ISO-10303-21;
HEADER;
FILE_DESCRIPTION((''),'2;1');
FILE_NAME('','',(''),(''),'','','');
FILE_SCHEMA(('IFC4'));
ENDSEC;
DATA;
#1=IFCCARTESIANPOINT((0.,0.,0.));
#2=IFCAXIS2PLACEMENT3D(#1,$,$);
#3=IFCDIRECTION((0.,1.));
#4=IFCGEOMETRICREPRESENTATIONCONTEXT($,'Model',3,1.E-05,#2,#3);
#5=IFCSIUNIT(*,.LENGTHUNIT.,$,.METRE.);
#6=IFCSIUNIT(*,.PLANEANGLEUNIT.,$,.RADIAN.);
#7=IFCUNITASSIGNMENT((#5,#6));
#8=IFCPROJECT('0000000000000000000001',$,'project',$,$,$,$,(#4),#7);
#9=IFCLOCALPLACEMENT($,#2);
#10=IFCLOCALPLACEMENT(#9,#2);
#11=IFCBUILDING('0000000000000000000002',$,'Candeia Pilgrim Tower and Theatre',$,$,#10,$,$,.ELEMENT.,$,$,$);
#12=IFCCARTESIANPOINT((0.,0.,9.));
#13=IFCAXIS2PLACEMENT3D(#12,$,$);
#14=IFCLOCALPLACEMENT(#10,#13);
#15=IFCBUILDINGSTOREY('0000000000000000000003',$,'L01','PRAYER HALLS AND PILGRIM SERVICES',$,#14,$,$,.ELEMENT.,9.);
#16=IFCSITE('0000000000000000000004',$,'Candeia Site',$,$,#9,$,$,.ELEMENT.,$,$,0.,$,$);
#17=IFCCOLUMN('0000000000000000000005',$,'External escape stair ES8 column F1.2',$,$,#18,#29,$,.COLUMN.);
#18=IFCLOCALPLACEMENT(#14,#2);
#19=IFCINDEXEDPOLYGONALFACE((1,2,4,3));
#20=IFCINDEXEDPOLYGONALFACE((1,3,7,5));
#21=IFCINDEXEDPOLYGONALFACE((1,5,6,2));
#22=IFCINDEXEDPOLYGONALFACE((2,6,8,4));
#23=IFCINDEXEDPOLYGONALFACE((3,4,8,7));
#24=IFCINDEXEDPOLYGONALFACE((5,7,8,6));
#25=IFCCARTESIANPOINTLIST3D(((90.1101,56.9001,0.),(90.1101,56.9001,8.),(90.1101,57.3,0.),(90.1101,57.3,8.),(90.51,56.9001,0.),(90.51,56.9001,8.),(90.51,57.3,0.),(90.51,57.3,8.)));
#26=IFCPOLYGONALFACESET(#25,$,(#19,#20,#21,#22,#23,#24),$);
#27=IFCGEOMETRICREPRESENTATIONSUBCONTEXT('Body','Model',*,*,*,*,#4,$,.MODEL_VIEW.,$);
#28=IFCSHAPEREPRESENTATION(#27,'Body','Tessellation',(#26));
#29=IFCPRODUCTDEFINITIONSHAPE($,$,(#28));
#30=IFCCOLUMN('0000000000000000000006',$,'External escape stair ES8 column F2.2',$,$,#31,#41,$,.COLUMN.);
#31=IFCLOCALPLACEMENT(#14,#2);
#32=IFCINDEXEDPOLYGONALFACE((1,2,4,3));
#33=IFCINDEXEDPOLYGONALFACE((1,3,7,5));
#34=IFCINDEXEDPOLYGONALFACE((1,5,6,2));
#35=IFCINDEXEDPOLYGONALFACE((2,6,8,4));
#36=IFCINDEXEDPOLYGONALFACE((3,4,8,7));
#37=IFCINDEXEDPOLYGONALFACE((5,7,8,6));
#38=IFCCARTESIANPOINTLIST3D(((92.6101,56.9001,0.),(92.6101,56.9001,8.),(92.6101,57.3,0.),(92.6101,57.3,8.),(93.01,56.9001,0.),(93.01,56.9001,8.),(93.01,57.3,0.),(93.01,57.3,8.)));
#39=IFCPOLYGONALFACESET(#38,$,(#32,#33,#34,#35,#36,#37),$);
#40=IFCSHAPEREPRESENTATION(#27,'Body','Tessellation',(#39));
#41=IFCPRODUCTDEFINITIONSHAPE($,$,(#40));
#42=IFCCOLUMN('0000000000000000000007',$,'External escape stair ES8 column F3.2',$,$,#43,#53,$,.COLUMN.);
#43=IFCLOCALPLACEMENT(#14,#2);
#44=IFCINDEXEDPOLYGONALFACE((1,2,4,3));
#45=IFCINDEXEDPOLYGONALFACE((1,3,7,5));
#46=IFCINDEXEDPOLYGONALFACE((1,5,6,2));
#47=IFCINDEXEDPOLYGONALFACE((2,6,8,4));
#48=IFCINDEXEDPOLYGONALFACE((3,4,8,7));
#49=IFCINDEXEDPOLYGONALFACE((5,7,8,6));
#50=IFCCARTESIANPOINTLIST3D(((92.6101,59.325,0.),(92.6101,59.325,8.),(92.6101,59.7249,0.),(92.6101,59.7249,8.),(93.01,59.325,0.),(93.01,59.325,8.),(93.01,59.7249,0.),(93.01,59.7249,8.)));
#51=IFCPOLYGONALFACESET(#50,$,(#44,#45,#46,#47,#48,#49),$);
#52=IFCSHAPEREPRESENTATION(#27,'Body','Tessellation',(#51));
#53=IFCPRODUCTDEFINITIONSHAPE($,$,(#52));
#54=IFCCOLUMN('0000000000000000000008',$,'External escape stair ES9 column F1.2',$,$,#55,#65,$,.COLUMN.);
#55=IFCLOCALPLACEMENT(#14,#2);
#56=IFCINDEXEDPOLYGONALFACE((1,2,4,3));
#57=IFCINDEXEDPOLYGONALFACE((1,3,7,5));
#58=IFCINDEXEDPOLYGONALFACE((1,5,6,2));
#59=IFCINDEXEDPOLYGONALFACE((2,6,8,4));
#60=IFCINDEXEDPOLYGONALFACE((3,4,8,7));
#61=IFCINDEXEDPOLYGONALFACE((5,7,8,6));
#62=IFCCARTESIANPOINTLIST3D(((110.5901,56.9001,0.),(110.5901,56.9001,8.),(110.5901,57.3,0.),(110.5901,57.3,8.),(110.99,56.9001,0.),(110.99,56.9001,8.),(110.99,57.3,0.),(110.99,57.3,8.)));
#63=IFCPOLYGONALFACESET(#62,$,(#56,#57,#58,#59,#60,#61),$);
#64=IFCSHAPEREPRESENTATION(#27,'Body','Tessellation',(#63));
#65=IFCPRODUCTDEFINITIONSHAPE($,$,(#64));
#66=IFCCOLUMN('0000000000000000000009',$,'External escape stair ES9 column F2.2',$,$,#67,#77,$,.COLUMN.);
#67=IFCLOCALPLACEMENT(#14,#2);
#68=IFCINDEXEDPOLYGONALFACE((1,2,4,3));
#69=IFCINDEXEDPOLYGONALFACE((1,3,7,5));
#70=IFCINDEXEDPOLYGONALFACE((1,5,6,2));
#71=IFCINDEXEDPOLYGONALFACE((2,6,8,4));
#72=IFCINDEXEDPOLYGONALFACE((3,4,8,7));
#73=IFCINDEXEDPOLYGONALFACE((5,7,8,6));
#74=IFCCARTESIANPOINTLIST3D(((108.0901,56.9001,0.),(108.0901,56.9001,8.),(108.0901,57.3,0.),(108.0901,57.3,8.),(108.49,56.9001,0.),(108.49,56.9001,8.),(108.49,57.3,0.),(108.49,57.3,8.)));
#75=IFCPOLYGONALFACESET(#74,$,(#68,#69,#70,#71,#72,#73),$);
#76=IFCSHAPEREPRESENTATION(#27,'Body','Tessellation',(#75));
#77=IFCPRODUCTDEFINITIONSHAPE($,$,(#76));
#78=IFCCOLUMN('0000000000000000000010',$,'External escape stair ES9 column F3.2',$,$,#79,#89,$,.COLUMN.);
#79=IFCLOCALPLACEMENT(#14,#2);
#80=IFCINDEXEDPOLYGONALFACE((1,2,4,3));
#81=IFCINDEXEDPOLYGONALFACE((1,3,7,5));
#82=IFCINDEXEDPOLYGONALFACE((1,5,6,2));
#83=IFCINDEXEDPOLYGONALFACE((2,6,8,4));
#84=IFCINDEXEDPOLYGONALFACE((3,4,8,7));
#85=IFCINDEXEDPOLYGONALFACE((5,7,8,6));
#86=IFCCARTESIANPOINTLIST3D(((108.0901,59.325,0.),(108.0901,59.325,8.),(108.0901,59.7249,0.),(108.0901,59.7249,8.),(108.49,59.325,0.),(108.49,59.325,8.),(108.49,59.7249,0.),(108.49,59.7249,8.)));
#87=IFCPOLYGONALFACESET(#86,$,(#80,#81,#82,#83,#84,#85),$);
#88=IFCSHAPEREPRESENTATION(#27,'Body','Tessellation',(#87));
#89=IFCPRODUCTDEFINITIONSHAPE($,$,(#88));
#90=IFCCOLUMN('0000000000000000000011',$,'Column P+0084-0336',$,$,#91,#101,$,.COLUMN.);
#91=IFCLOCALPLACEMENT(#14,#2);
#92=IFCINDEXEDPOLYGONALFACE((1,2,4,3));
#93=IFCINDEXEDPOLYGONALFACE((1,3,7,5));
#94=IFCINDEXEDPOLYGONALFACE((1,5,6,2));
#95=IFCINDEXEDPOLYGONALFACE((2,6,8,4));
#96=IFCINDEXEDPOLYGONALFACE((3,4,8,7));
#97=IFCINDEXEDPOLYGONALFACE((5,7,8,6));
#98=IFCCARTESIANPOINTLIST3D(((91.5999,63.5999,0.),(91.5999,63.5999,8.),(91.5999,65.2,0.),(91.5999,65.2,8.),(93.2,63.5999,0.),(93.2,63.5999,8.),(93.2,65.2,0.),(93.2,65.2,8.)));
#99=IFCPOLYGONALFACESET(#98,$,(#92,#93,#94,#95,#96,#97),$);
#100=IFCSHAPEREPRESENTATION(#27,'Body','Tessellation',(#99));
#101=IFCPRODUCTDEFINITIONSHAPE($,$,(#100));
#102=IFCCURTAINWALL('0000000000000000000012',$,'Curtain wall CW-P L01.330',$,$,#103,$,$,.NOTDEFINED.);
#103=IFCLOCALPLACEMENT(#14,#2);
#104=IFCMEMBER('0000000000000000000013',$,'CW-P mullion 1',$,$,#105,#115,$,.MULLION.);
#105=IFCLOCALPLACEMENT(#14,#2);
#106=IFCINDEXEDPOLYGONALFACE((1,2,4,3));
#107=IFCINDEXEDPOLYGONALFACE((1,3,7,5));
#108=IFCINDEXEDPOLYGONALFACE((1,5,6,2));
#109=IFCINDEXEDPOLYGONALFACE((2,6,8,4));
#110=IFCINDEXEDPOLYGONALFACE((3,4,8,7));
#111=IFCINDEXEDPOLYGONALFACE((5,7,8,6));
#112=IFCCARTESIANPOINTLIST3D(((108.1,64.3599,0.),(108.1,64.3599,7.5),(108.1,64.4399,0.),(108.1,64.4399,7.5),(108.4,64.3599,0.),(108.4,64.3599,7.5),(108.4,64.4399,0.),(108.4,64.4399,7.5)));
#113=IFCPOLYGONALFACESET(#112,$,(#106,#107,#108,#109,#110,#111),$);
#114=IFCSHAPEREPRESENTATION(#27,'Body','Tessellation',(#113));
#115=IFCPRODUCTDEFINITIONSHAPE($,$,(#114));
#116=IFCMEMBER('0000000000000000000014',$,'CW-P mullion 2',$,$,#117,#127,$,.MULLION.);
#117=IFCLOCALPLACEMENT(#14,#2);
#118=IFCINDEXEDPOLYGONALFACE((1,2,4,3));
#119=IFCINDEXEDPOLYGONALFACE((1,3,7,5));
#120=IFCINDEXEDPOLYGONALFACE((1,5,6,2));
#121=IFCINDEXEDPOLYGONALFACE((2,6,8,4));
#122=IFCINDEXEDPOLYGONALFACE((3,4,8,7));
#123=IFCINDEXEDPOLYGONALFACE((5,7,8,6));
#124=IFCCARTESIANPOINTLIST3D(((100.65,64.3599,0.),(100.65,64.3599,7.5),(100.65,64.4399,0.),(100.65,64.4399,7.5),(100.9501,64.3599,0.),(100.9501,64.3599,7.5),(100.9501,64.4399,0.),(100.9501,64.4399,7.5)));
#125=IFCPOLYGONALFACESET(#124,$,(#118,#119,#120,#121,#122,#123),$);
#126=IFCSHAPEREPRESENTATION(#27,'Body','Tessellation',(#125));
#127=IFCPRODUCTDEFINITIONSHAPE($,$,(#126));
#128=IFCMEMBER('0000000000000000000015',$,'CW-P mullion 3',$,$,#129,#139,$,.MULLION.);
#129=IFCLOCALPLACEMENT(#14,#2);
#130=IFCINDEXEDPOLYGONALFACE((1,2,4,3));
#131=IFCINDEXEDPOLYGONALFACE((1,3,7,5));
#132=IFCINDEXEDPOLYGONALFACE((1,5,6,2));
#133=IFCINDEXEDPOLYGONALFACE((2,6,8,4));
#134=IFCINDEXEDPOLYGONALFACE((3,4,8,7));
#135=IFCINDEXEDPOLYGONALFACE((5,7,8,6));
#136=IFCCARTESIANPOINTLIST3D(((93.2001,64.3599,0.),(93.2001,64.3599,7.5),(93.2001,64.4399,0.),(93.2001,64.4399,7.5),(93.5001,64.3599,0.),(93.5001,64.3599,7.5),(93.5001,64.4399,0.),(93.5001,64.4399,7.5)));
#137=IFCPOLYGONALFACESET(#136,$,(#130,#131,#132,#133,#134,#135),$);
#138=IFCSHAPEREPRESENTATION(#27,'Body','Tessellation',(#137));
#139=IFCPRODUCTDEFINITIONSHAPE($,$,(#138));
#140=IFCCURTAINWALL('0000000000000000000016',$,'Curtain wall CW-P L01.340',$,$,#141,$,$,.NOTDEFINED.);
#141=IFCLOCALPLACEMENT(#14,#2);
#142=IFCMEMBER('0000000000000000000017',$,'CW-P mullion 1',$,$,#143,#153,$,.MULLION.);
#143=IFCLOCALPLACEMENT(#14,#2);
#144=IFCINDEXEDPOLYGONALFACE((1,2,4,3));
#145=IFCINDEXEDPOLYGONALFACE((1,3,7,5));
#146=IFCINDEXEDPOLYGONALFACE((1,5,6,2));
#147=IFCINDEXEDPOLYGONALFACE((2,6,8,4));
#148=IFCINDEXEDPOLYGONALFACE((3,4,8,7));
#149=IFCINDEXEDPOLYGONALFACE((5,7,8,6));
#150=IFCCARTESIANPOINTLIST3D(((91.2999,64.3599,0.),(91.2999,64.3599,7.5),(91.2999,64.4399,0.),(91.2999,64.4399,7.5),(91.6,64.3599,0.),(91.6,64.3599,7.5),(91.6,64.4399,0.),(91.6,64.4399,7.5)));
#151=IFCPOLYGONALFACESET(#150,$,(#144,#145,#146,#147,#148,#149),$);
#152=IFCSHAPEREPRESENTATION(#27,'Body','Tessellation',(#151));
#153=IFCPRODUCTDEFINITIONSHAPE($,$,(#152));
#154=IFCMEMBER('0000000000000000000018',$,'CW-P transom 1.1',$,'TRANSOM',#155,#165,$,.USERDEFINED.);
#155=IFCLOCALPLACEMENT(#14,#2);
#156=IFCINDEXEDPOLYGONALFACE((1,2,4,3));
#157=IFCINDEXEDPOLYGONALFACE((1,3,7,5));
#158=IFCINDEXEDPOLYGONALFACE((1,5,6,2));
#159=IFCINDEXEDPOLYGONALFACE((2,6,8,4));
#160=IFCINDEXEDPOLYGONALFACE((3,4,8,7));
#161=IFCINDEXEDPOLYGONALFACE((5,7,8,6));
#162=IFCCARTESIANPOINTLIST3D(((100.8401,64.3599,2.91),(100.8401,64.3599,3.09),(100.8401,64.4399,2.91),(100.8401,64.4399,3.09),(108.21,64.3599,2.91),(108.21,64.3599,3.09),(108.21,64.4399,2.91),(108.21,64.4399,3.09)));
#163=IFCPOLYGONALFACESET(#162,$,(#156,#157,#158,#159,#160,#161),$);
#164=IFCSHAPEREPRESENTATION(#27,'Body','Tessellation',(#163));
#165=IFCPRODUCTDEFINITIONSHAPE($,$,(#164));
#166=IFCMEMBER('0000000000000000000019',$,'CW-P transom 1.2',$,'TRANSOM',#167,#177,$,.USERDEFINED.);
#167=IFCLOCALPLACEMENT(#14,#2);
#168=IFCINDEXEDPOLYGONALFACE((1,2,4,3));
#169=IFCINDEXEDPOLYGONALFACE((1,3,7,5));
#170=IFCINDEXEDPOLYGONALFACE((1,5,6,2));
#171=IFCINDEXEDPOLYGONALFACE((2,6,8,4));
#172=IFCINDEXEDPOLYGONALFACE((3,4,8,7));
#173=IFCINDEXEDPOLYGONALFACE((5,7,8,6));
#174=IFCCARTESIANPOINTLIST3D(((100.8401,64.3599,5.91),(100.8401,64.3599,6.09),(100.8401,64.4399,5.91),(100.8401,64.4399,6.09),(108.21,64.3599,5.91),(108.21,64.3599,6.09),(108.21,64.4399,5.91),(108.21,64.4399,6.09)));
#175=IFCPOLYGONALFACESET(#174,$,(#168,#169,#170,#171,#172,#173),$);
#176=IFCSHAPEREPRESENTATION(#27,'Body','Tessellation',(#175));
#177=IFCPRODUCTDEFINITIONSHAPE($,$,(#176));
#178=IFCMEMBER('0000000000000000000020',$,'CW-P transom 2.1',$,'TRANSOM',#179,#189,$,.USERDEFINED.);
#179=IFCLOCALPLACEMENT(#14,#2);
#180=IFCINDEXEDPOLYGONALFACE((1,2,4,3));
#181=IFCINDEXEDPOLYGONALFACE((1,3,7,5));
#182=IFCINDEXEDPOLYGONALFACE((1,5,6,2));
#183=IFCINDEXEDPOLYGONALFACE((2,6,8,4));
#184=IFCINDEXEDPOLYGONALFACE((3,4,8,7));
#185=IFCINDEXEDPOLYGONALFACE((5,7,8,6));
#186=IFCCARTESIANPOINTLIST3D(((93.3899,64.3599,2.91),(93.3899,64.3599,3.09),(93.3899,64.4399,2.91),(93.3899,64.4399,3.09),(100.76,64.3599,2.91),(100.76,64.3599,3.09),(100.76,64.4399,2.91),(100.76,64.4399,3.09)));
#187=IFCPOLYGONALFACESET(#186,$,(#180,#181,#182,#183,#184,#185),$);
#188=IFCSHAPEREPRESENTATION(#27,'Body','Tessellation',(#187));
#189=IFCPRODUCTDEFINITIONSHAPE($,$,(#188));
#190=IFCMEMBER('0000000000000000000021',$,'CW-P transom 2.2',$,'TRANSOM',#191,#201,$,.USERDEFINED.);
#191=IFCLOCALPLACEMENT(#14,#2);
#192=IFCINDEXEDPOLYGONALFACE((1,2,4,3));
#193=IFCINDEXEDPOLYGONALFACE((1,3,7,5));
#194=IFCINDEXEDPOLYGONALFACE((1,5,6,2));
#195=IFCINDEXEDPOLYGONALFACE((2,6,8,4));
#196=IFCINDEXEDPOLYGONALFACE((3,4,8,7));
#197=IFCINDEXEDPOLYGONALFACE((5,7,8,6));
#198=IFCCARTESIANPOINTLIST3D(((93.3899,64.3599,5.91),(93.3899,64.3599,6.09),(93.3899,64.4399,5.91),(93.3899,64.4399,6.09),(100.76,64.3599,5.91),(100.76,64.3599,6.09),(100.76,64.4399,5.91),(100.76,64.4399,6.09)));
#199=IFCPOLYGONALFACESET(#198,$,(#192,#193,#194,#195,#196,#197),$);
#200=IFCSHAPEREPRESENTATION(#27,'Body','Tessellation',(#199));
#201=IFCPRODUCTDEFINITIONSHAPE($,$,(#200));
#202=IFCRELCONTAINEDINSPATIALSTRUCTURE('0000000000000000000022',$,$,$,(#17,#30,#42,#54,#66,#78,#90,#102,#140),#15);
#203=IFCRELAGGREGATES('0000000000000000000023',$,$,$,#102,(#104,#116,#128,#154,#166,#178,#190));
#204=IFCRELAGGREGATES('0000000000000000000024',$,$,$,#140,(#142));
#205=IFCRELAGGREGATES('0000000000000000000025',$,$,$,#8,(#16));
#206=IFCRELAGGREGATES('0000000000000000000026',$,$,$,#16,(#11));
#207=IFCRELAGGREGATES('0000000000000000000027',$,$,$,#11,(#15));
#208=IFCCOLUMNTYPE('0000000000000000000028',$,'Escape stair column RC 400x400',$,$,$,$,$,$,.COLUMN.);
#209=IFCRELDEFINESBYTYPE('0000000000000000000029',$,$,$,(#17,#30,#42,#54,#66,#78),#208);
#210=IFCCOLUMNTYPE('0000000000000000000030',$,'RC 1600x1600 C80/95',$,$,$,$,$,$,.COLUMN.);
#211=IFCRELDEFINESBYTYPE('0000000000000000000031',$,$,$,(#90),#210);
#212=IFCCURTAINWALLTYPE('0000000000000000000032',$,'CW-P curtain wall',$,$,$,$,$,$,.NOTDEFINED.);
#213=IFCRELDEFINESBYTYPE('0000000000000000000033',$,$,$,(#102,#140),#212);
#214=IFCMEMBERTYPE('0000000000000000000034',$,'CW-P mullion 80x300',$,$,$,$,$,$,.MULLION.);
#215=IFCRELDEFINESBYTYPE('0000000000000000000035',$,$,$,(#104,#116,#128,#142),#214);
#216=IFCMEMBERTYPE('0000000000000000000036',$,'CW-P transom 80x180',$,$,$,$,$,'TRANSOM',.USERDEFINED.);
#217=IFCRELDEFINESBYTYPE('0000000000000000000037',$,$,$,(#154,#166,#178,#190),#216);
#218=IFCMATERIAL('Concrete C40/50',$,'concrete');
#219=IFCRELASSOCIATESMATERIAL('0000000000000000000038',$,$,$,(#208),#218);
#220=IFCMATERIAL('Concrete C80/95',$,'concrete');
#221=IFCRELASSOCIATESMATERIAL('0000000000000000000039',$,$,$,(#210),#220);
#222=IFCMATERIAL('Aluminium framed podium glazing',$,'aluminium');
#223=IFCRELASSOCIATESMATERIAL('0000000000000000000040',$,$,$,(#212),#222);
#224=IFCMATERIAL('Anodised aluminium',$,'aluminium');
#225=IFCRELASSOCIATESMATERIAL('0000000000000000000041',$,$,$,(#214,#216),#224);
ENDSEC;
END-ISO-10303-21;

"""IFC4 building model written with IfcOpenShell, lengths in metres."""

from ifc_helpers import new_model, si_unit, direction, frame, origin, origin_2d, place, context, subcontext, project, spatial, rectangle, extrude, material, material_profile, profile_set, type_object, element, aggregate, save


model = new_model("IFC4")

# Units and contexts
model_context = context("Model", 3, precision=1e-05, world=origin(), true_north=direction((0.0, 1.0)))
body_context = subcontext(model_context, "Body", "Model", "MODEL_VIEW")
ifc_project = project(units=[si_unit("LENGTHUNIT", "METRE"), si_unit("PLANEANGLEUNIT", "RADIAN")], contexts=[model_context])

# Site, building, storey
site_placement = place(None, origin())
site = spatial("IfcSite", under=ifc_project, at=site_placement, Name="Candeia Site", CompositionType="ELEMENT", RefElevation=0.0)
building_placement = place(site_placement, origin())
building = spatial("IfcBuilding", under=site, at=building_placement, Name="Candeia Pilgrim Tower and Theatre", CompositionType="ELEMENT")
storey_placement = place(building_placement, frame((0.0, 0.0, 9.0)))
storey = spatial("IfcBuildingStorey", under=building, at=storey_placement, Name="L01", Description="PRAYER HALLS AND PILGRIM SERVICES", CompositionType="ELEMENT", Elevation=9.0)

# Columns
ifc_material_1 = material(Name="Concrete C40/50", Category="concrete")
ifc_material_profile_1 = material_profile(ifc_material_1, rectangle(XDim=0.3999, YDim=0.3999, at=origin_2d()))
ifc_profile_set_1 = profile_set([ifc_material_profile_1], Name="Concrete C40/50")
column_type_1 = type_object("IfcColumnType", Name="Escape stair column RC 400x400", PredefinedType="COLUMN", material=ifc_profile_set_1)
for number, where, z_axis, x_axis, name in (
    (1, (90.3101, 57.1001, 0.0), (0.0, 0.0, 1.0), (1.0, 0.0, 0.0), "External escape stair ES8 column F1.2"),
    (2, (92.8101, 57.1001, 0.0), (0.0, 0.0, 1.0), (1.0, 0.0, 0.0), "External escape stair ES8 column F2.2"),
    (3, (92.8101, 59.5249, 0.0), (0.0, 0.0, 1.0), (1.0, 0.0, 0.0), "External escape stair ES8 column F3.2"),
    (4, (110.79, 57.1001, 0.0), (0.0, 0.0, 1.0), (1.0, 0.0, 0.0), "External escape stair ES9 column F1.2"),
    (5, (108.29, 57.1001, 0.0), (0.0, 0.0, 1.0), (1.0, 0.0, 0.0), "External escape stair ES9 column F2.2"),
    (6, (108.29, 59.5249, 0.0), (0.0, 0.0, 1.0), (1.0, 0.0, 0.0), "External escape stair ES9 column F3.2"),
):
    element("IfcColumn", number, at=place(storey_placement, frame(where, z_axis=z_axis, x_axis=x_axis)), inside=storey, type_object=column_type_1, Name=name, PredefinedType="COLUMN", context=body_context, shape_type="SweptSolid", body=[
        extrude(rectangle(XDim=0.3999, YDim=0.3999, at=origin_2d()), origin(), (0.0, 0.0, 1.0), 8.0),
    ])
ifc_material_2 = material(Name="Concrete C80/95", Category="concrete")
ifc_material_profile_2 = material_profile(ifc_material_2, rectangle(XDim=1.6001, YDim=1.6001, at=origin_2d()))
ifc_profile_set_2 = profile_set([ifc_material_profile_2], Name="Concrete C80/95")
column_type_2 = type_object("IfcColumnType", Name="RC 1600x1600 C80/95", PredefinedType="COLUMN", material=ifc_profile_set_2)
column_placement = place(storey_placement, frame((92.3999, 64.3999, 0.0), z_axis=(0.0, 0.0, 1.0), x_axis=(1.0, 0.0, 0.0)))
element("IfcColumn", 7, at=column_placement, inside=storey, type_object=column_type_2, Name="Column P+0084-0336", PredefinedType="COLUMN", context=body_context, shape_type="SweptSolid", body=[
    extrude(rectangle(XDim=1.6001, YDim=1.6001, at=origin_2d()), origin(), (0.0, 0.0, 1.0), 8.0),
])

# Curtain wall, members
ifc_material_3 = material(Name="Aluminium framed podium glazing", Category="aluminium")
curtain_wall_type = type_object("IfcCurtainWallType", Name="CW-P curtain wall", PredefinedType="NOTDEFINED", material=ifc_material_3)
curtain_wall_1_placement = place(storey_placement, origin())
curtain_wall_1 = element("IfcCurtainWall", 8, at=curtain_wall_1_placement, inside=storey, type_object=curtain_wall_type, Name="Curtain wall CW-P L01.330", PredefinedType="NOTDEFINED")
ifc_material_4 = material(Name="Anodised aluminium", Category="aluminium")
ifc_material_profile_3 = material_profile(ifc_material_4, rectangle(XDim=0.0801, YDim=0.3, at=origin_2d()))
ifc_profile_set_3 = profile_set([ifc_material_profile_3], Name="Anodised aluminium")
member_type_1 = type_object("IfcMemberType", Name="CW-P mullion 80x300", PredefinedType="MULLION", material=ifc_profile_set_3)
member_1_placement = place(storey_placement, frame((108.25, 64.3999, 0.0), z_axis=(0.0, 0.0, 1.0), x_axis=(0.0, -1.0, 0.0)))
member_1 = element("IfcMember", 9, at=member_1_placement, type_object=member_type_1, Name="CW-P mullion 1", PredefinedType="MULLION", context=body_context, shape_type="SweptSolid", body=[
    extrude(rectangle(XDim=0.0801, YDim=0.3, at=origin_2d()), origin(), (0.0, 0.0, 1.0), 7.5),
])
member_2_placement = place(storey_placement, frame((100.8, 64.3999, 0.0), z_axis=(0.0, 0.0, 1.0), x_axis=(0.0, -1.0, 0.0)))
member_2 = element("IfcMember", 10, at=member_2_placement, type_object=member_type_1, Name="CW-P mullion 2", PredefinedType="MULLION", context=body_context, shape_type="SweptSolid", body=[
    extrude(rectangle(XDim=0.0801, YDim=0.3, at=origin_2d()), origin(), (0.0, 0.0, 1.0), 7.5),
])
member_3_placement = place(storey_placement, frame((93.3501, 64.3999, 0.0), z_axis=(0.0, 0.0, 1.0), x_axis=(0.0, -1.0, 0.0)))
member_3 = element("IfcMember", 11, at=member_3_placement, type_object=member_type_1, Name="CW-P mullion 3", PredefinedType="MULLION", context=body_context, shape_type="SweptSolid", body=[
    extrude(rectangle(XDim=0.0801, YDim=0.3, at=origin_2d()), origin(), (0.0, 0.0, 1.0), 7.5),
])

# Curtain wall, member
curtain_wall_2_placement = place(storey_placement, origin())
curtain_wall_2 = element("IfcCurtainWall", 12, at=curtain_wall_2_placement, inside=storey, type_object=curtain_wall_type, Name="Curtain wall CW-P L01.340", PredefinedType="NOTDEFINED")
member_4_placement = place(storey_placement, frame((91.45, 64.3999, 0.0), z_axis=(0.0, 0.0, 1.0), x_axis=(0.0, -1.0, 0.0)))
member_4 = element("IfcMember", 13, at=member_4_placement, type_object=member_type_1, Name="CW-P mullion 1", PredefinedType="MULLION", context=body_context, shape_type="SweptSolid", body=[
    extrude(rectangle(XDim=0.0801, YDim=0.3, at=origin_2d()), origin(), (0.0, 0.0, 1.0), 7.5),
])

# Members
ifc_material_profile_4 = material_profile(ifc_material_4, rectangle(XDim=0.0801, YDim=0.1799, at=origin_2d()))
ifc_profile_set_4 = profile_set([ifc_material_profile_4], Name="Anodised aluminium")
member_type_2 = type_object("IfcMemberType", Name="CW-P transom 80x180", ElementType="TRANSOM", PredefinedType="USERDEFINED", material=ifc_profile_set_4)
member_5_placement = place(storey_placement, frame((108.21, 64.3999, 3.0), z_axis=(-1.0, 0.0, 0.0), x_axis=(0.0, -1.0, 0.0)))
member_5 = element("IfcMember", 14, at=member_5_placement, type_object=member_type_2, Name="CW-P transom 1.1", ObjectType="TRANSOM", PredefinedType="USERDEFINED", context=body_context, shape_type="SweptSolid", body=[
    extrude(rectangle(XDim=0.0801, YDim=0.1799, at=origin_2d()), origin(), (0.0, 0.0, 1.0), 7.3699),
])
member_6_placement = place(storey_placement, frame((108.21, 64.3999, 6.0), z_axis=(-1.0, 0.0, 0.0), x_axis=(0.0, -1.0, 0.0)))
member_6 = element("IfcMember", 15, at=member_6_placement, type_object=member_type_2, Name="CW-P transom 1.2", ObjectType="TRANSOM", PredefinedType="USERDEFINED", context=body_context, shape_type="SweptSolid", body=[
    extrude(rectangle(XDim=0.0801, YDim=0.1799, at=origin_2d()), origin(), (0.0, 0.0, 1.0), 7.3699),
])
member_7_placement = place(storey_placement, frame((100.76, 64.3999, 3.0), z_axis=(-1.0, 0.0, 0.0), x_axis=(0.0, -1.0, 0.0)))
member_7 = element("IfcMember", 16, at=member_7_placement, type_object=member_type_2, Name="CW-P transom 2.1", ObjectType="TRANSOM", PredefinedType="USERDEFINED", context=body_context, shape_type="SweptSolid", body=[
    extrude(rectangle(XDim=0.0801, YDim=0.1799, at=origin_2d()), origin(), (0.0, 0.0, 1.0), 7.3701),
])
member_8_placement = place(storey_placement, frame((100.76, 64.3999, 6.0), z_axis=(-1.0, 0.0, 0.0), x_axis=(0.0, -1.0, 0.0)))
member_8 = element("IfcMember", 17, at=member_8_placement, type_object=member_type_2, Name="CW-P transom 2.2", ObjectType="TRANSOM", PredefinedType="USERDEFINED", context=body_context, shape_type="SweptSolid", body=[
    extrude(rectangle(XDim=0.0801, YDim=0.1799, at=origin_2d()), origin(), (0.0, 0.0, 1.0), 7.3701),
])

aggregate(curtain_wall_1, [member_1, member_2, member_3, member_5, member_6, member_7, member_8])
aggregate(curtain_wall_2, [member_4])

save(model, "model.ifc")
